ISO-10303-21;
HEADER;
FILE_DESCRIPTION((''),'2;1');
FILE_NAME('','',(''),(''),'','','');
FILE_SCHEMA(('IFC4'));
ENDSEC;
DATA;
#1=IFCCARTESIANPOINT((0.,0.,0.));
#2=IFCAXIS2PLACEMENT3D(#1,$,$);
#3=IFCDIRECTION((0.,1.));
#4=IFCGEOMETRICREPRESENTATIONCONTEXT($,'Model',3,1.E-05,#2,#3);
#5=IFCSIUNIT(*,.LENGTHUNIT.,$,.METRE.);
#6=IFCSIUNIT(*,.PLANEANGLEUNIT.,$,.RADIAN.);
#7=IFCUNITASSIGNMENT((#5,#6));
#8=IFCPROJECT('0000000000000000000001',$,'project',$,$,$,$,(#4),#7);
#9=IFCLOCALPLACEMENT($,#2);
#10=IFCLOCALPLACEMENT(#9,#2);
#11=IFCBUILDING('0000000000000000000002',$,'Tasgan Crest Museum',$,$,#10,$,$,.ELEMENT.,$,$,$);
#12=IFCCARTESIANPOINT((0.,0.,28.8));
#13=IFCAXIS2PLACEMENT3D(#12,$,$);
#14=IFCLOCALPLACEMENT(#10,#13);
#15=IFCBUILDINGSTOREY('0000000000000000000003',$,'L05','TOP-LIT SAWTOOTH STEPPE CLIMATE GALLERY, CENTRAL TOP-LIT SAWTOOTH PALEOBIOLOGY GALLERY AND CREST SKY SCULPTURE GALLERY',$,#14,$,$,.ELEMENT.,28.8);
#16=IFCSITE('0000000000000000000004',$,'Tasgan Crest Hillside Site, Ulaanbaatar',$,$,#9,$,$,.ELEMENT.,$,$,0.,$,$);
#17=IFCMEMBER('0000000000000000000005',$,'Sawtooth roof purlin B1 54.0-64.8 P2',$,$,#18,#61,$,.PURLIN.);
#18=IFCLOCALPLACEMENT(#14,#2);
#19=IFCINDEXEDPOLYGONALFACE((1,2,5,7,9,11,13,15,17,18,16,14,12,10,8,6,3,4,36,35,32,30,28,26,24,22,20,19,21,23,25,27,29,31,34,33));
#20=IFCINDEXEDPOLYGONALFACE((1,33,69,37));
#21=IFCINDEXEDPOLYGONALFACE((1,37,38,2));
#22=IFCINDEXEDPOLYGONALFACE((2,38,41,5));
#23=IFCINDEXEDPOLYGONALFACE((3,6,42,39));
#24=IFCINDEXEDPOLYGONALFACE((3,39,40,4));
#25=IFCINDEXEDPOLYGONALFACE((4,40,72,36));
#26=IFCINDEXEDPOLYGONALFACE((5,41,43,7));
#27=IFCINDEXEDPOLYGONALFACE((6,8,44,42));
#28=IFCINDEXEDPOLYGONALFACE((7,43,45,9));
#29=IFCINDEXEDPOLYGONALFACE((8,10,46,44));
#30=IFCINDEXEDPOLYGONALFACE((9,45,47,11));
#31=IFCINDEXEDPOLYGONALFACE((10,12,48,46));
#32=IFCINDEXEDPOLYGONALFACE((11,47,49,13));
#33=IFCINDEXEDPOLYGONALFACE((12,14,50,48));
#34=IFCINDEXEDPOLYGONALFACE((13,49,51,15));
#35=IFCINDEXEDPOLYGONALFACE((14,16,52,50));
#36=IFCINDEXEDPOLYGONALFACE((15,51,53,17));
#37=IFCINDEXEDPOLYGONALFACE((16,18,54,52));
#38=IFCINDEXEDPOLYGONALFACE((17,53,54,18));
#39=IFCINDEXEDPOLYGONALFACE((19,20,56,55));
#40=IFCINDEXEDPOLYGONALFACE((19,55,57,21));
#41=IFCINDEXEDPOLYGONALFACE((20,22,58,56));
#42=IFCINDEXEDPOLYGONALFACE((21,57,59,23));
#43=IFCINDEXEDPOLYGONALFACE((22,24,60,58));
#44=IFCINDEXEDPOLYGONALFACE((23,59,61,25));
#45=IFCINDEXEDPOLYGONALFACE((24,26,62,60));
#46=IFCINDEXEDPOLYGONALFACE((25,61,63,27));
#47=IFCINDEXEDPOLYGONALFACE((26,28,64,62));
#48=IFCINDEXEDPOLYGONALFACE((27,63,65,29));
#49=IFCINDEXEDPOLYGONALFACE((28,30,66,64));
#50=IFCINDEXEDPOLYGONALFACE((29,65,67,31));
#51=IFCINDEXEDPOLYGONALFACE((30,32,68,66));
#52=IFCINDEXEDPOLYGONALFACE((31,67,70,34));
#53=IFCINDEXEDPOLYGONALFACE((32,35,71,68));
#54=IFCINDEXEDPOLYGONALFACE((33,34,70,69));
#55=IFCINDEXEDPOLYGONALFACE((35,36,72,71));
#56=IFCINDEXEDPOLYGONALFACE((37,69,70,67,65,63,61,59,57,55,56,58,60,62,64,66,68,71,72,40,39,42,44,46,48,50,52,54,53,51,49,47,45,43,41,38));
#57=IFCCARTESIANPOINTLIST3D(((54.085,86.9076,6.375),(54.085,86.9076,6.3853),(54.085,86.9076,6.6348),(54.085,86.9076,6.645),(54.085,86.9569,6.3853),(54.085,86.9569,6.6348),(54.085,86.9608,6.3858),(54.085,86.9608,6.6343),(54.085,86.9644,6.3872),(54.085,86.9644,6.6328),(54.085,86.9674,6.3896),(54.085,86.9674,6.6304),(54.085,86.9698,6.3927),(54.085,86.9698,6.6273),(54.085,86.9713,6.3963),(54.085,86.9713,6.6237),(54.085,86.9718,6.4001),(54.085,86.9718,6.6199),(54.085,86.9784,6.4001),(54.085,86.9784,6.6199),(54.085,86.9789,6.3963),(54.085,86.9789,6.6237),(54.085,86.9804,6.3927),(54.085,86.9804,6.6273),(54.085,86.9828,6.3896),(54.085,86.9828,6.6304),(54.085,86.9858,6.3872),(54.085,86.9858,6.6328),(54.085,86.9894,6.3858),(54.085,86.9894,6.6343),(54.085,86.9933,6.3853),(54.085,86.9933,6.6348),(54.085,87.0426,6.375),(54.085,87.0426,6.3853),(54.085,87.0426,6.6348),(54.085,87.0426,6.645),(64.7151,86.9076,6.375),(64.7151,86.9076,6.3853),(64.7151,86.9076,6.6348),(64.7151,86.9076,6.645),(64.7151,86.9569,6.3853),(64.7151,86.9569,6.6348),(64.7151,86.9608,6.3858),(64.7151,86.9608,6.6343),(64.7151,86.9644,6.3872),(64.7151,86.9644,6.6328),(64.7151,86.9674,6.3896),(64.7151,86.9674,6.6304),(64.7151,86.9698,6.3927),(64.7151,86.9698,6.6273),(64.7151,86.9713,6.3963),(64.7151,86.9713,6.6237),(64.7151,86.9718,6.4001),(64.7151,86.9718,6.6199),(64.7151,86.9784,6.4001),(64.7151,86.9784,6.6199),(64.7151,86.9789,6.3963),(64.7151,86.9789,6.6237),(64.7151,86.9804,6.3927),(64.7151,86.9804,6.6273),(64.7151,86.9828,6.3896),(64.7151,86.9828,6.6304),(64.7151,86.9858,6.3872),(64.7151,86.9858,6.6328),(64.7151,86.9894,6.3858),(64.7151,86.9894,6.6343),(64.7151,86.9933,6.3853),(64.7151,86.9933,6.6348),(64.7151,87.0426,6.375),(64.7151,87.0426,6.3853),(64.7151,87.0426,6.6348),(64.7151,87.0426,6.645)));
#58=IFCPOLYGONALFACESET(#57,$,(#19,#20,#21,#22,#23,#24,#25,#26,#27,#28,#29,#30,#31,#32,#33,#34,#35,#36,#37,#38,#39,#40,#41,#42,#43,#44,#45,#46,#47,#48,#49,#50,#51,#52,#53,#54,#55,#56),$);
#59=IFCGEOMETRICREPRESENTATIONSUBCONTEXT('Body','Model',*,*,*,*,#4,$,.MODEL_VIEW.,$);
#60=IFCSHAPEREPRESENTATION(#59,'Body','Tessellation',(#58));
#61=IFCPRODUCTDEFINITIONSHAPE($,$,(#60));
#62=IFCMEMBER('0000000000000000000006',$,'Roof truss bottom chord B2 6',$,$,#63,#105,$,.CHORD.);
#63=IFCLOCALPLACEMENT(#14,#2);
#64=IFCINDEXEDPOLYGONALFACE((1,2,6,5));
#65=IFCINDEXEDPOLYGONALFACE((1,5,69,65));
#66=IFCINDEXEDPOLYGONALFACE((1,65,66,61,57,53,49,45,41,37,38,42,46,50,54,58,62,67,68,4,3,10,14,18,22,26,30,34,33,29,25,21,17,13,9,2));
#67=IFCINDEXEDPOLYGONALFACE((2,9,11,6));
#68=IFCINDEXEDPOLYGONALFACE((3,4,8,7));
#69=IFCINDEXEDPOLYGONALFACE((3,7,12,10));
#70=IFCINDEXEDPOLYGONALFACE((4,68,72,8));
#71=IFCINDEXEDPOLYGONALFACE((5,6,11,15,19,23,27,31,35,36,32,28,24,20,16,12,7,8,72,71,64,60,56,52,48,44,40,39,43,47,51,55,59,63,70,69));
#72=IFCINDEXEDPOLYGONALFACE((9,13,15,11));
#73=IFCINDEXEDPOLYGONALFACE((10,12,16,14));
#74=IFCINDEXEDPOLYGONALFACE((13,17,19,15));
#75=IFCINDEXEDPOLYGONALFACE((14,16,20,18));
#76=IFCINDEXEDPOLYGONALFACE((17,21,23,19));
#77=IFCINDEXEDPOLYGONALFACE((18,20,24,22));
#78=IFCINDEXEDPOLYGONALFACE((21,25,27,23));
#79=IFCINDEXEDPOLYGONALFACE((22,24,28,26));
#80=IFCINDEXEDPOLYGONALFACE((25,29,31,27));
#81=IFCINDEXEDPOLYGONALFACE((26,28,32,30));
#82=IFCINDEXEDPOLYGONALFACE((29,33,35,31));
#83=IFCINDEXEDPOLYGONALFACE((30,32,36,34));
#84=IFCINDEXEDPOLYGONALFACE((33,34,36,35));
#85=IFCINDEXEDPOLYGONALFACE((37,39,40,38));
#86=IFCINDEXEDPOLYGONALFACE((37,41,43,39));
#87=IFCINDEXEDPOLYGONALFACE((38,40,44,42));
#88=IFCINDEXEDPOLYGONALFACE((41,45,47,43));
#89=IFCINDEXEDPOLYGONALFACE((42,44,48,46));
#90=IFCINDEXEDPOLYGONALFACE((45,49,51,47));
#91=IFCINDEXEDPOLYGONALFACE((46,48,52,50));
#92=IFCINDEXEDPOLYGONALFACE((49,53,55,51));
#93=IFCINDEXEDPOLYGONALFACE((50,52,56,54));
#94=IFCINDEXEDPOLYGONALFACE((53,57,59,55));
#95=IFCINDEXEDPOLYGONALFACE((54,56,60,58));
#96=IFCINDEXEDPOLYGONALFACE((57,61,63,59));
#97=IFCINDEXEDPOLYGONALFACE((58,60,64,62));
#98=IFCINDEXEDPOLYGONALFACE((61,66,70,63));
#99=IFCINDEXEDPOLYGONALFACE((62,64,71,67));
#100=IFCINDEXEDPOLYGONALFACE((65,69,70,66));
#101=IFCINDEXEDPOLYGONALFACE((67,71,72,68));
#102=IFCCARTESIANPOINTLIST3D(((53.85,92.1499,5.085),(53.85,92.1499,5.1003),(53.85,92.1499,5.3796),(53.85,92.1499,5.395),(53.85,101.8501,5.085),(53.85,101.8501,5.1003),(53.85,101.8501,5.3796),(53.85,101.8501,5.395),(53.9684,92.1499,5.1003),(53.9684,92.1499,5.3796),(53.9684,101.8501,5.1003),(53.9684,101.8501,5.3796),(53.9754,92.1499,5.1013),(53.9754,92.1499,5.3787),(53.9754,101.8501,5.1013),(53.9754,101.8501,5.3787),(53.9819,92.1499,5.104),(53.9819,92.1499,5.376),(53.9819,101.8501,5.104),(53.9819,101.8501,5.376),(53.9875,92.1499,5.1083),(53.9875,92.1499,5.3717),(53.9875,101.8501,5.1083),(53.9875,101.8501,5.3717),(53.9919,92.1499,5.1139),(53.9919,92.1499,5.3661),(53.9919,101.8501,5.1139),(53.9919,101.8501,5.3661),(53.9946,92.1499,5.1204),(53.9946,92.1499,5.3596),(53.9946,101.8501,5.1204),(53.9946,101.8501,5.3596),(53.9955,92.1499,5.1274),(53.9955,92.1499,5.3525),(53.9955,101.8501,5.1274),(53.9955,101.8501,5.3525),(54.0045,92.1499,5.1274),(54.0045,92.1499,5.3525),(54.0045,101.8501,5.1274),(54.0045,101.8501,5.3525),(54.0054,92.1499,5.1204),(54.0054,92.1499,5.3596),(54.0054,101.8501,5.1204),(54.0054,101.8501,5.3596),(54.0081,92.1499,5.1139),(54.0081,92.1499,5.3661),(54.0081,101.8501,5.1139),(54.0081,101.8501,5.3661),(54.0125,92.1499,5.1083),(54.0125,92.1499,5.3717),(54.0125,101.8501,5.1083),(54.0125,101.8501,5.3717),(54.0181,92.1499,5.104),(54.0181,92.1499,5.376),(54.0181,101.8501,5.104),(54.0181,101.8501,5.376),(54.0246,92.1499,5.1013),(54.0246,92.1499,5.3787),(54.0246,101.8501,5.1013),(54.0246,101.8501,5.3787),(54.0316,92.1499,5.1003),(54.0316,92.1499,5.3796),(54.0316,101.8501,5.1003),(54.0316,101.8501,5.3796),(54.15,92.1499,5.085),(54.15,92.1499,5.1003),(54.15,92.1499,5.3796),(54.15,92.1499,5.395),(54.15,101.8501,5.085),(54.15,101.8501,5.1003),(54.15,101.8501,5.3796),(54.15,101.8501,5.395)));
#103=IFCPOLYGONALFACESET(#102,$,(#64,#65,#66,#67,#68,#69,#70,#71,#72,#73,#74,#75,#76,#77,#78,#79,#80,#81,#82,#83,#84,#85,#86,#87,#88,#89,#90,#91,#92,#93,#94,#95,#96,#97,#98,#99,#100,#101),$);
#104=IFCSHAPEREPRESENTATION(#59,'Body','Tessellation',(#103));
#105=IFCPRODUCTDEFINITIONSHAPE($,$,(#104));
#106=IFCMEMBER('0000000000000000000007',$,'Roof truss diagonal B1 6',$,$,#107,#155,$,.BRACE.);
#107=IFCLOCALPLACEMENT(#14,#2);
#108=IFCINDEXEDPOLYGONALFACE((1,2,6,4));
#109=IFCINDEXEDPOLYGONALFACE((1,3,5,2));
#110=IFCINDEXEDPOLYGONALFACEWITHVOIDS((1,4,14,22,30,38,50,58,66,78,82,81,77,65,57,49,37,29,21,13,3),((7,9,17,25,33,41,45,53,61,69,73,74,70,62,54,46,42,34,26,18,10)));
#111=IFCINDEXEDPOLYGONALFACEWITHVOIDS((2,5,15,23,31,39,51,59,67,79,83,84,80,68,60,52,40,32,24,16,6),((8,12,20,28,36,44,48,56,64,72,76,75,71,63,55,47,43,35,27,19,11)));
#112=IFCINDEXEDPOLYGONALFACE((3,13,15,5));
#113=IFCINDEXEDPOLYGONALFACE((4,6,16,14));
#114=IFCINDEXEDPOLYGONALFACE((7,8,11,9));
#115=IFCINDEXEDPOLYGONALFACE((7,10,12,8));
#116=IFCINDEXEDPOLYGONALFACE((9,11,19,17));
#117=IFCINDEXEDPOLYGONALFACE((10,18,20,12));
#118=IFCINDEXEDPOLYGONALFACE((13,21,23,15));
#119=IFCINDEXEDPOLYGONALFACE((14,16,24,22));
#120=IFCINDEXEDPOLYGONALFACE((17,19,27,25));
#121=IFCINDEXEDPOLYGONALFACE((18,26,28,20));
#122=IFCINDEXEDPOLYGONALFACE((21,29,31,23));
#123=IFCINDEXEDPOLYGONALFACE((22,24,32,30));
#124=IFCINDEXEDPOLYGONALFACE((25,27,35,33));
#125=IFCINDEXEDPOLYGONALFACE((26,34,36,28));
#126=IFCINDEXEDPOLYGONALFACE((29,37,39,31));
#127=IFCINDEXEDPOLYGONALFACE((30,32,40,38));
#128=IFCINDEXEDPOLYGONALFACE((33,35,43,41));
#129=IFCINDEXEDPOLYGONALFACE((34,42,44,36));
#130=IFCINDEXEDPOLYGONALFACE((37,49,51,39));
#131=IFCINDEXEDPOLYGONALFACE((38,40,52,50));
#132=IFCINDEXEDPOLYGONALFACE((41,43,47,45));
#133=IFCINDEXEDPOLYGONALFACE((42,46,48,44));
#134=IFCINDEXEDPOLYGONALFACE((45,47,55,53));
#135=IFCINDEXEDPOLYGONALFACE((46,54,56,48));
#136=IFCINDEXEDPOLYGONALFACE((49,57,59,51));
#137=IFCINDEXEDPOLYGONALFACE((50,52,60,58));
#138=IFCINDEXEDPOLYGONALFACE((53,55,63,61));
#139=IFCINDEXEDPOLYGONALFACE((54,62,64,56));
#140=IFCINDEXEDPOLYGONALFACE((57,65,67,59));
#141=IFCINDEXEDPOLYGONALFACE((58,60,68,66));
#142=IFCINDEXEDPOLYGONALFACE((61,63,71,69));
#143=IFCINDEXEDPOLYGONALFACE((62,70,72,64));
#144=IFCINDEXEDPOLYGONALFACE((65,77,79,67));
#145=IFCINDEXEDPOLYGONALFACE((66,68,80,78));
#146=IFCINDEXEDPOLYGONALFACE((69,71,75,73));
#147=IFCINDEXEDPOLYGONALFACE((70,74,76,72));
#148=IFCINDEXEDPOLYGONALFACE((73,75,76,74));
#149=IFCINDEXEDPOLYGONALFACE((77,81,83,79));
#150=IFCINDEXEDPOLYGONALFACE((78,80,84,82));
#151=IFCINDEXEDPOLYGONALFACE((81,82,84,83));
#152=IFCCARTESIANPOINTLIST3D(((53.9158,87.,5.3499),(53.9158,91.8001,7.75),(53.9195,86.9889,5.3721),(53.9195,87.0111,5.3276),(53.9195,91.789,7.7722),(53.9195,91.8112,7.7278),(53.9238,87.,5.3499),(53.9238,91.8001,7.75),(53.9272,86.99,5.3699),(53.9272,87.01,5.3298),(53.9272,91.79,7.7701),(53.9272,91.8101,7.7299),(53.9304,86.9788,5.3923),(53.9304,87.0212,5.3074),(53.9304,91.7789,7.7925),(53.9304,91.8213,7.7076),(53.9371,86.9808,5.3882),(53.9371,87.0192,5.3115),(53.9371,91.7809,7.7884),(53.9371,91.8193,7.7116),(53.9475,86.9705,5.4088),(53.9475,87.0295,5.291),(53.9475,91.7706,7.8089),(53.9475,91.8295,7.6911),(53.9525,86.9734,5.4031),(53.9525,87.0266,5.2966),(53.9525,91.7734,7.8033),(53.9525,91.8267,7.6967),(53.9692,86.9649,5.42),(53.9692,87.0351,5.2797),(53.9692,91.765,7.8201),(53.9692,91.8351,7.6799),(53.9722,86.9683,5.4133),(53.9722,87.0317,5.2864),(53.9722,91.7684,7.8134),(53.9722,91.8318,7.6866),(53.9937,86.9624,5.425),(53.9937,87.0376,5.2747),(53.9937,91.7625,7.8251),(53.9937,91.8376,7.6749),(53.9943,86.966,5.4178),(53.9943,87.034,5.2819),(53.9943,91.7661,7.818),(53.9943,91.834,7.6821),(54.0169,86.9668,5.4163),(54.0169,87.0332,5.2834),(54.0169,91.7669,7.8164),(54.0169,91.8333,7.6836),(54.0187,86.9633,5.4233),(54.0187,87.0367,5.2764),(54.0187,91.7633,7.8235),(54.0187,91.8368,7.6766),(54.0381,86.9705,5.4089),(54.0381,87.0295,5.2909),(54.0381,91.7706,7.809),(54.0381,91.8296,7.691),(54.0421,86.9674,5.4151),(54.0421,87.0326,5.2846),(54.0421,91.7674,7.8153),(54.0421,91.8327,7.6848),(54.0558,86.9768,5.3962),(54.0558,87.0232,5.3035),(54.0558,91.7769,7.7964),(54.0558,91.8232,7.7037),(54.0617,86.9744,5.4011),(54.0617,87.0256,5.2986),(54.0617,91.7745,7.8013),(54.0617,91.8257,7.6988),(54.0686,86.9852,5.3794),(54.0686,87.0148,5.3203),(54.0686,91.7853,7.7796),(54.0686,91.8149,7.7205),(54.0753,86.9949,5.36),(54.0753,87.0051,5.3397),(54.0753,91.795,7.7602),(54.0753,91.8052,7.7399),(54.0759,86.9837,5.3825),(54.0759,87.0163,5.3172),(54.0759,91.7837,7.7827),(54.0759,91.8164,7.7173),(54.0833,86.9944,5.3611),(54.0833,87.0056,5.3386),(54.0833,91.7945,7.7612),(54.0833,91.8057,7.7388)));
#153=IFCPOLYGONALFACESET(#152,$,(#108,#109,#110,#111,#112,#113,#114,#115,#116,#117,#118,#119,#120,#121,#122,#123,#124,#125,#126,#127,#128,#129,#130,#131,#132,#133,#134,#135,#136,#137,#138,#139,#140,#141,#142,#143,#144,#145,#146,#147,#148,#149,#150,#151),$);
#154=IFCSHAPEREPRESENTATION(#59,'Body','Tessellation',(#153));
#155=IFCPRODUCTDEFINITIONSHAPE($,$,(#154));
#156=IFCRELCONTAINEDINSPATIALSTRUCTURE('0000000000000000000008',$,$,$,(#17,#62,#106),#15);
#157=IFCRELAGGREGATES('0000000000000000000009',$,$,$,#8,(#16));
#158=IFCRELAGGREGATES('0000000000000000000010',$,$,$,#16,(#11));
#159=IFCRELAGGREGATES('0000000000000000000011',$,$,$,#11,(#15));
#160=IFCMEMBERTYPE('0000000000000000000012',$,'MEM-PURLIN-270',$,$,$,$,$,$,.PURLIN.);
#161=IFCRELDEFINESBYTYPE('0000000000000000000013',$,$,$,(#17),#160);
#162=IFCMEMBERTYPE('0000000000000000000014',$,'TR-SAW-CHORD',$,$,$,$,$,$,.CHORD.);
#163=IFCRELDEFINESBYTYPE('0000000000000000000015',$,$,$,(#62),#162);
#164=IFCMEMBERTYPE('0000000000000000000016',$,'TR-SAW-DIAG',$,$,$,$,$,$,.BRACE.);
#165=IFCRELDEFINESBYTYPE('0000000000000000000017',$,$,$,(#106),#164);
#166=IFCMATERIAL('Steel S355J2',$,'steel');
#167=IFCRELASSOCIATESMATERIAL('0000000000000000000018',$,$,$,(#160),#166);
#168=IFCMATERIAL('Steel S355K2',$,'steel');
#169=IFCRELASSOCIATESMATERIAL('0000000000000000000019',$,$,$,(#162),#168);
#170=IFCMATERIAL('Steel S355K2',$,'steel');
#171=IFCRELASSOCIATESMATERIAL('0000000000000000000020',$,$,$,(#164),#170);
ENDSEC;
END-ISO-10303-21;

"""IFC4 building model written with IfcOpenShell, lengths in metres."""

from ifc_helpers import new_model, si_unit, direction, frame, origin, origin_2d, place, context, subcontext, project, spatial, hollow_circle, i_section, extrude, material, material_profile, profile_set, type_object, element, save


model = new_model("IFC4")

# Units and contexts
model_context = context("Model", 3, precision=1e-05, world=origin(), true_north=direction((0.0, 1.0)))
body_context = subcontext(model_context, "Body", "Model", "MODEL_VIEW")
ifc_project = project(units=[si_unit("LENGTHUNIT", "METRE"), si_unit("PLANEANGLEUNIT", "RADIAN")], contexts=[model_context])

# Site, building, storey
site_placement = place(None, origin())
site = spatial("IfcSite", under=ifc_project, at=site_placement, Name="Tasgan Crest Hillside Site, Ulaanbaatar", CompositionType="ELEMENT", RefElevation=0.0)
building_placement = place(site_placement, origin())
building = spatial("IfcBuilding", under=site, at=building_placement, Name="Tasgan Crest Museum", CompositionType="ELEMENT")
storey_placement = place(building_placement, frame((0.0, 0.0, 28.8)))
storey = spatial("IfcBuildingStorey", under=building, at=storey_placement, Name="L05", Description="TOP-LIT SAWTOOTH STEPPE CLIMATE GALLERY, CENTRAL TOP-LIT SAWTOOTH PALEOBIOLOGY GALLERY AND CREST SKY SCULPTURE GALLERY", CompositionType="ELEMENT", Elevation=28.8)

# Members
ifc_material_1 = material(Name="Steel S355J2", Category="steel")
ifc_material_profile_1 = material_profile(ifc_material_1, i_section(OverallWidth=0.135, OverallDepth=0.27, WebThickness=0.0066, FlangeThickness=0.0103, FilletRadius=0.0149, at=origin_2d()), Name="IPE 270")
ifc_profile_set_1 = profile_set([ifc_material_profile_1], Name="Steel S355J2")
member_type_1 = type_object("IfcMemberType", Name="MEM-PURLIN-270", PredefinedType="PURLIN", material=ifc_profile_set_1)
member_1_placement = place(storey_placement, frame((54.085, 86.9751, 6.51), z_axis=(1.0, 0.0, 0.0), x_axis=(0.0, 1.0, 0.0)))
element("IfcMember", 1, at=member_1_placement, inside=storey, type_object=member_type_1, Name="Sawtooth roof purlin B1 54.0-64.8 P2", PredefinedType="PURLIN", context=body_context, shape_type="SweptSolid", body=[
    extrude(i_section(OverallWidth=0.135, OverallDepth=0.27, WebThickness=0.0066, FlangeThickness=0.0103, FilletRadius=0.0149, at=origin_2d()), origin(), (0.0, 0.0, 1.0), 10.6301),
])
ifc_material_2 = material(Name="Steel S355K2", Category="steel")
ifc_material_profile_2 = material_profile(ifc_material_2, i_section(OverallWidth=0.3, OverallDepth=0.3101, WebThickness=0.009, FlangeThickness=0.0154, FilletRadius=0.0271, at=origin_2d()), Name="HEA 320")
ifc_profile_set_2 = profile_set([ifc_material_profile_2], Name="Steel S355K2")
member_type_2 = type_object("IfcMemberType", Name="TR-SAW-CHORD", PredefinedType="CHORD", material=ifc_profile_set_2)
member_2_placement = place(storey_placement, frame((54.0, 92.1499, 5.24), z_axis=(0.0, 1.0, 0.0), x_axis=(-1.0, 0.0, 0.0)))
element("IfcMember", 2, at=member_2_placement, inside=storey, type_object=member_type_2, Name="Roof truss bottom chord B2 6", PredefinedType="CHORD", context=body_context, shape_type="SweptSolid", body=[
    extrude(i_section(OverallWidth=0.3, OverallDepth=0.3101, WebThickness=0.009, FlangeThickness=0.0154, FilletRadius=0.0271, at=origin_2d()), origin(), (0.0, 0.0, 1.0), 9.7002),
])
ifc_material_3 = material(Name="Steel S355K2", Category="steel")
ifc_material_profile_3 = material_profile(ifc_material_3, hollow_circle(Radius=0.0842, WallThickness=0.0081, at=origin_2d()), Name="CHS 168.3x8")
ifc_profile_set_3 = profile_set([ifc_material_profile_3], Name="Steel S355K2")
member_type_3 = type_object("IfcMemberType", Name="TR-SAW-DIAG", PredefinedType="BRACE", material=ifc_profile_set_3)
member_3_placement = place(storey_placement, frame((54.0, 87.0, 5.3499), z_axis=(0.0, 0.894418, 0.447232), x_axis=(-1.0, 0.0, 0.0)))
element("IfcMember", 3, at=member_3_placement, inside=storey, type_object=member_type_3, Name="Roof truss diagonal B1 6", PredefinedType="BRACE", context=body_context, shape_type="SweptSolid", body=[
    extrude(hollow_circle(Radius=0.0842, WallThickness=0.0081, at=origin_2d()), origin(), (0.0, 0.0, 1.0), 5.3667),
])

save(model, "model.ifc")
